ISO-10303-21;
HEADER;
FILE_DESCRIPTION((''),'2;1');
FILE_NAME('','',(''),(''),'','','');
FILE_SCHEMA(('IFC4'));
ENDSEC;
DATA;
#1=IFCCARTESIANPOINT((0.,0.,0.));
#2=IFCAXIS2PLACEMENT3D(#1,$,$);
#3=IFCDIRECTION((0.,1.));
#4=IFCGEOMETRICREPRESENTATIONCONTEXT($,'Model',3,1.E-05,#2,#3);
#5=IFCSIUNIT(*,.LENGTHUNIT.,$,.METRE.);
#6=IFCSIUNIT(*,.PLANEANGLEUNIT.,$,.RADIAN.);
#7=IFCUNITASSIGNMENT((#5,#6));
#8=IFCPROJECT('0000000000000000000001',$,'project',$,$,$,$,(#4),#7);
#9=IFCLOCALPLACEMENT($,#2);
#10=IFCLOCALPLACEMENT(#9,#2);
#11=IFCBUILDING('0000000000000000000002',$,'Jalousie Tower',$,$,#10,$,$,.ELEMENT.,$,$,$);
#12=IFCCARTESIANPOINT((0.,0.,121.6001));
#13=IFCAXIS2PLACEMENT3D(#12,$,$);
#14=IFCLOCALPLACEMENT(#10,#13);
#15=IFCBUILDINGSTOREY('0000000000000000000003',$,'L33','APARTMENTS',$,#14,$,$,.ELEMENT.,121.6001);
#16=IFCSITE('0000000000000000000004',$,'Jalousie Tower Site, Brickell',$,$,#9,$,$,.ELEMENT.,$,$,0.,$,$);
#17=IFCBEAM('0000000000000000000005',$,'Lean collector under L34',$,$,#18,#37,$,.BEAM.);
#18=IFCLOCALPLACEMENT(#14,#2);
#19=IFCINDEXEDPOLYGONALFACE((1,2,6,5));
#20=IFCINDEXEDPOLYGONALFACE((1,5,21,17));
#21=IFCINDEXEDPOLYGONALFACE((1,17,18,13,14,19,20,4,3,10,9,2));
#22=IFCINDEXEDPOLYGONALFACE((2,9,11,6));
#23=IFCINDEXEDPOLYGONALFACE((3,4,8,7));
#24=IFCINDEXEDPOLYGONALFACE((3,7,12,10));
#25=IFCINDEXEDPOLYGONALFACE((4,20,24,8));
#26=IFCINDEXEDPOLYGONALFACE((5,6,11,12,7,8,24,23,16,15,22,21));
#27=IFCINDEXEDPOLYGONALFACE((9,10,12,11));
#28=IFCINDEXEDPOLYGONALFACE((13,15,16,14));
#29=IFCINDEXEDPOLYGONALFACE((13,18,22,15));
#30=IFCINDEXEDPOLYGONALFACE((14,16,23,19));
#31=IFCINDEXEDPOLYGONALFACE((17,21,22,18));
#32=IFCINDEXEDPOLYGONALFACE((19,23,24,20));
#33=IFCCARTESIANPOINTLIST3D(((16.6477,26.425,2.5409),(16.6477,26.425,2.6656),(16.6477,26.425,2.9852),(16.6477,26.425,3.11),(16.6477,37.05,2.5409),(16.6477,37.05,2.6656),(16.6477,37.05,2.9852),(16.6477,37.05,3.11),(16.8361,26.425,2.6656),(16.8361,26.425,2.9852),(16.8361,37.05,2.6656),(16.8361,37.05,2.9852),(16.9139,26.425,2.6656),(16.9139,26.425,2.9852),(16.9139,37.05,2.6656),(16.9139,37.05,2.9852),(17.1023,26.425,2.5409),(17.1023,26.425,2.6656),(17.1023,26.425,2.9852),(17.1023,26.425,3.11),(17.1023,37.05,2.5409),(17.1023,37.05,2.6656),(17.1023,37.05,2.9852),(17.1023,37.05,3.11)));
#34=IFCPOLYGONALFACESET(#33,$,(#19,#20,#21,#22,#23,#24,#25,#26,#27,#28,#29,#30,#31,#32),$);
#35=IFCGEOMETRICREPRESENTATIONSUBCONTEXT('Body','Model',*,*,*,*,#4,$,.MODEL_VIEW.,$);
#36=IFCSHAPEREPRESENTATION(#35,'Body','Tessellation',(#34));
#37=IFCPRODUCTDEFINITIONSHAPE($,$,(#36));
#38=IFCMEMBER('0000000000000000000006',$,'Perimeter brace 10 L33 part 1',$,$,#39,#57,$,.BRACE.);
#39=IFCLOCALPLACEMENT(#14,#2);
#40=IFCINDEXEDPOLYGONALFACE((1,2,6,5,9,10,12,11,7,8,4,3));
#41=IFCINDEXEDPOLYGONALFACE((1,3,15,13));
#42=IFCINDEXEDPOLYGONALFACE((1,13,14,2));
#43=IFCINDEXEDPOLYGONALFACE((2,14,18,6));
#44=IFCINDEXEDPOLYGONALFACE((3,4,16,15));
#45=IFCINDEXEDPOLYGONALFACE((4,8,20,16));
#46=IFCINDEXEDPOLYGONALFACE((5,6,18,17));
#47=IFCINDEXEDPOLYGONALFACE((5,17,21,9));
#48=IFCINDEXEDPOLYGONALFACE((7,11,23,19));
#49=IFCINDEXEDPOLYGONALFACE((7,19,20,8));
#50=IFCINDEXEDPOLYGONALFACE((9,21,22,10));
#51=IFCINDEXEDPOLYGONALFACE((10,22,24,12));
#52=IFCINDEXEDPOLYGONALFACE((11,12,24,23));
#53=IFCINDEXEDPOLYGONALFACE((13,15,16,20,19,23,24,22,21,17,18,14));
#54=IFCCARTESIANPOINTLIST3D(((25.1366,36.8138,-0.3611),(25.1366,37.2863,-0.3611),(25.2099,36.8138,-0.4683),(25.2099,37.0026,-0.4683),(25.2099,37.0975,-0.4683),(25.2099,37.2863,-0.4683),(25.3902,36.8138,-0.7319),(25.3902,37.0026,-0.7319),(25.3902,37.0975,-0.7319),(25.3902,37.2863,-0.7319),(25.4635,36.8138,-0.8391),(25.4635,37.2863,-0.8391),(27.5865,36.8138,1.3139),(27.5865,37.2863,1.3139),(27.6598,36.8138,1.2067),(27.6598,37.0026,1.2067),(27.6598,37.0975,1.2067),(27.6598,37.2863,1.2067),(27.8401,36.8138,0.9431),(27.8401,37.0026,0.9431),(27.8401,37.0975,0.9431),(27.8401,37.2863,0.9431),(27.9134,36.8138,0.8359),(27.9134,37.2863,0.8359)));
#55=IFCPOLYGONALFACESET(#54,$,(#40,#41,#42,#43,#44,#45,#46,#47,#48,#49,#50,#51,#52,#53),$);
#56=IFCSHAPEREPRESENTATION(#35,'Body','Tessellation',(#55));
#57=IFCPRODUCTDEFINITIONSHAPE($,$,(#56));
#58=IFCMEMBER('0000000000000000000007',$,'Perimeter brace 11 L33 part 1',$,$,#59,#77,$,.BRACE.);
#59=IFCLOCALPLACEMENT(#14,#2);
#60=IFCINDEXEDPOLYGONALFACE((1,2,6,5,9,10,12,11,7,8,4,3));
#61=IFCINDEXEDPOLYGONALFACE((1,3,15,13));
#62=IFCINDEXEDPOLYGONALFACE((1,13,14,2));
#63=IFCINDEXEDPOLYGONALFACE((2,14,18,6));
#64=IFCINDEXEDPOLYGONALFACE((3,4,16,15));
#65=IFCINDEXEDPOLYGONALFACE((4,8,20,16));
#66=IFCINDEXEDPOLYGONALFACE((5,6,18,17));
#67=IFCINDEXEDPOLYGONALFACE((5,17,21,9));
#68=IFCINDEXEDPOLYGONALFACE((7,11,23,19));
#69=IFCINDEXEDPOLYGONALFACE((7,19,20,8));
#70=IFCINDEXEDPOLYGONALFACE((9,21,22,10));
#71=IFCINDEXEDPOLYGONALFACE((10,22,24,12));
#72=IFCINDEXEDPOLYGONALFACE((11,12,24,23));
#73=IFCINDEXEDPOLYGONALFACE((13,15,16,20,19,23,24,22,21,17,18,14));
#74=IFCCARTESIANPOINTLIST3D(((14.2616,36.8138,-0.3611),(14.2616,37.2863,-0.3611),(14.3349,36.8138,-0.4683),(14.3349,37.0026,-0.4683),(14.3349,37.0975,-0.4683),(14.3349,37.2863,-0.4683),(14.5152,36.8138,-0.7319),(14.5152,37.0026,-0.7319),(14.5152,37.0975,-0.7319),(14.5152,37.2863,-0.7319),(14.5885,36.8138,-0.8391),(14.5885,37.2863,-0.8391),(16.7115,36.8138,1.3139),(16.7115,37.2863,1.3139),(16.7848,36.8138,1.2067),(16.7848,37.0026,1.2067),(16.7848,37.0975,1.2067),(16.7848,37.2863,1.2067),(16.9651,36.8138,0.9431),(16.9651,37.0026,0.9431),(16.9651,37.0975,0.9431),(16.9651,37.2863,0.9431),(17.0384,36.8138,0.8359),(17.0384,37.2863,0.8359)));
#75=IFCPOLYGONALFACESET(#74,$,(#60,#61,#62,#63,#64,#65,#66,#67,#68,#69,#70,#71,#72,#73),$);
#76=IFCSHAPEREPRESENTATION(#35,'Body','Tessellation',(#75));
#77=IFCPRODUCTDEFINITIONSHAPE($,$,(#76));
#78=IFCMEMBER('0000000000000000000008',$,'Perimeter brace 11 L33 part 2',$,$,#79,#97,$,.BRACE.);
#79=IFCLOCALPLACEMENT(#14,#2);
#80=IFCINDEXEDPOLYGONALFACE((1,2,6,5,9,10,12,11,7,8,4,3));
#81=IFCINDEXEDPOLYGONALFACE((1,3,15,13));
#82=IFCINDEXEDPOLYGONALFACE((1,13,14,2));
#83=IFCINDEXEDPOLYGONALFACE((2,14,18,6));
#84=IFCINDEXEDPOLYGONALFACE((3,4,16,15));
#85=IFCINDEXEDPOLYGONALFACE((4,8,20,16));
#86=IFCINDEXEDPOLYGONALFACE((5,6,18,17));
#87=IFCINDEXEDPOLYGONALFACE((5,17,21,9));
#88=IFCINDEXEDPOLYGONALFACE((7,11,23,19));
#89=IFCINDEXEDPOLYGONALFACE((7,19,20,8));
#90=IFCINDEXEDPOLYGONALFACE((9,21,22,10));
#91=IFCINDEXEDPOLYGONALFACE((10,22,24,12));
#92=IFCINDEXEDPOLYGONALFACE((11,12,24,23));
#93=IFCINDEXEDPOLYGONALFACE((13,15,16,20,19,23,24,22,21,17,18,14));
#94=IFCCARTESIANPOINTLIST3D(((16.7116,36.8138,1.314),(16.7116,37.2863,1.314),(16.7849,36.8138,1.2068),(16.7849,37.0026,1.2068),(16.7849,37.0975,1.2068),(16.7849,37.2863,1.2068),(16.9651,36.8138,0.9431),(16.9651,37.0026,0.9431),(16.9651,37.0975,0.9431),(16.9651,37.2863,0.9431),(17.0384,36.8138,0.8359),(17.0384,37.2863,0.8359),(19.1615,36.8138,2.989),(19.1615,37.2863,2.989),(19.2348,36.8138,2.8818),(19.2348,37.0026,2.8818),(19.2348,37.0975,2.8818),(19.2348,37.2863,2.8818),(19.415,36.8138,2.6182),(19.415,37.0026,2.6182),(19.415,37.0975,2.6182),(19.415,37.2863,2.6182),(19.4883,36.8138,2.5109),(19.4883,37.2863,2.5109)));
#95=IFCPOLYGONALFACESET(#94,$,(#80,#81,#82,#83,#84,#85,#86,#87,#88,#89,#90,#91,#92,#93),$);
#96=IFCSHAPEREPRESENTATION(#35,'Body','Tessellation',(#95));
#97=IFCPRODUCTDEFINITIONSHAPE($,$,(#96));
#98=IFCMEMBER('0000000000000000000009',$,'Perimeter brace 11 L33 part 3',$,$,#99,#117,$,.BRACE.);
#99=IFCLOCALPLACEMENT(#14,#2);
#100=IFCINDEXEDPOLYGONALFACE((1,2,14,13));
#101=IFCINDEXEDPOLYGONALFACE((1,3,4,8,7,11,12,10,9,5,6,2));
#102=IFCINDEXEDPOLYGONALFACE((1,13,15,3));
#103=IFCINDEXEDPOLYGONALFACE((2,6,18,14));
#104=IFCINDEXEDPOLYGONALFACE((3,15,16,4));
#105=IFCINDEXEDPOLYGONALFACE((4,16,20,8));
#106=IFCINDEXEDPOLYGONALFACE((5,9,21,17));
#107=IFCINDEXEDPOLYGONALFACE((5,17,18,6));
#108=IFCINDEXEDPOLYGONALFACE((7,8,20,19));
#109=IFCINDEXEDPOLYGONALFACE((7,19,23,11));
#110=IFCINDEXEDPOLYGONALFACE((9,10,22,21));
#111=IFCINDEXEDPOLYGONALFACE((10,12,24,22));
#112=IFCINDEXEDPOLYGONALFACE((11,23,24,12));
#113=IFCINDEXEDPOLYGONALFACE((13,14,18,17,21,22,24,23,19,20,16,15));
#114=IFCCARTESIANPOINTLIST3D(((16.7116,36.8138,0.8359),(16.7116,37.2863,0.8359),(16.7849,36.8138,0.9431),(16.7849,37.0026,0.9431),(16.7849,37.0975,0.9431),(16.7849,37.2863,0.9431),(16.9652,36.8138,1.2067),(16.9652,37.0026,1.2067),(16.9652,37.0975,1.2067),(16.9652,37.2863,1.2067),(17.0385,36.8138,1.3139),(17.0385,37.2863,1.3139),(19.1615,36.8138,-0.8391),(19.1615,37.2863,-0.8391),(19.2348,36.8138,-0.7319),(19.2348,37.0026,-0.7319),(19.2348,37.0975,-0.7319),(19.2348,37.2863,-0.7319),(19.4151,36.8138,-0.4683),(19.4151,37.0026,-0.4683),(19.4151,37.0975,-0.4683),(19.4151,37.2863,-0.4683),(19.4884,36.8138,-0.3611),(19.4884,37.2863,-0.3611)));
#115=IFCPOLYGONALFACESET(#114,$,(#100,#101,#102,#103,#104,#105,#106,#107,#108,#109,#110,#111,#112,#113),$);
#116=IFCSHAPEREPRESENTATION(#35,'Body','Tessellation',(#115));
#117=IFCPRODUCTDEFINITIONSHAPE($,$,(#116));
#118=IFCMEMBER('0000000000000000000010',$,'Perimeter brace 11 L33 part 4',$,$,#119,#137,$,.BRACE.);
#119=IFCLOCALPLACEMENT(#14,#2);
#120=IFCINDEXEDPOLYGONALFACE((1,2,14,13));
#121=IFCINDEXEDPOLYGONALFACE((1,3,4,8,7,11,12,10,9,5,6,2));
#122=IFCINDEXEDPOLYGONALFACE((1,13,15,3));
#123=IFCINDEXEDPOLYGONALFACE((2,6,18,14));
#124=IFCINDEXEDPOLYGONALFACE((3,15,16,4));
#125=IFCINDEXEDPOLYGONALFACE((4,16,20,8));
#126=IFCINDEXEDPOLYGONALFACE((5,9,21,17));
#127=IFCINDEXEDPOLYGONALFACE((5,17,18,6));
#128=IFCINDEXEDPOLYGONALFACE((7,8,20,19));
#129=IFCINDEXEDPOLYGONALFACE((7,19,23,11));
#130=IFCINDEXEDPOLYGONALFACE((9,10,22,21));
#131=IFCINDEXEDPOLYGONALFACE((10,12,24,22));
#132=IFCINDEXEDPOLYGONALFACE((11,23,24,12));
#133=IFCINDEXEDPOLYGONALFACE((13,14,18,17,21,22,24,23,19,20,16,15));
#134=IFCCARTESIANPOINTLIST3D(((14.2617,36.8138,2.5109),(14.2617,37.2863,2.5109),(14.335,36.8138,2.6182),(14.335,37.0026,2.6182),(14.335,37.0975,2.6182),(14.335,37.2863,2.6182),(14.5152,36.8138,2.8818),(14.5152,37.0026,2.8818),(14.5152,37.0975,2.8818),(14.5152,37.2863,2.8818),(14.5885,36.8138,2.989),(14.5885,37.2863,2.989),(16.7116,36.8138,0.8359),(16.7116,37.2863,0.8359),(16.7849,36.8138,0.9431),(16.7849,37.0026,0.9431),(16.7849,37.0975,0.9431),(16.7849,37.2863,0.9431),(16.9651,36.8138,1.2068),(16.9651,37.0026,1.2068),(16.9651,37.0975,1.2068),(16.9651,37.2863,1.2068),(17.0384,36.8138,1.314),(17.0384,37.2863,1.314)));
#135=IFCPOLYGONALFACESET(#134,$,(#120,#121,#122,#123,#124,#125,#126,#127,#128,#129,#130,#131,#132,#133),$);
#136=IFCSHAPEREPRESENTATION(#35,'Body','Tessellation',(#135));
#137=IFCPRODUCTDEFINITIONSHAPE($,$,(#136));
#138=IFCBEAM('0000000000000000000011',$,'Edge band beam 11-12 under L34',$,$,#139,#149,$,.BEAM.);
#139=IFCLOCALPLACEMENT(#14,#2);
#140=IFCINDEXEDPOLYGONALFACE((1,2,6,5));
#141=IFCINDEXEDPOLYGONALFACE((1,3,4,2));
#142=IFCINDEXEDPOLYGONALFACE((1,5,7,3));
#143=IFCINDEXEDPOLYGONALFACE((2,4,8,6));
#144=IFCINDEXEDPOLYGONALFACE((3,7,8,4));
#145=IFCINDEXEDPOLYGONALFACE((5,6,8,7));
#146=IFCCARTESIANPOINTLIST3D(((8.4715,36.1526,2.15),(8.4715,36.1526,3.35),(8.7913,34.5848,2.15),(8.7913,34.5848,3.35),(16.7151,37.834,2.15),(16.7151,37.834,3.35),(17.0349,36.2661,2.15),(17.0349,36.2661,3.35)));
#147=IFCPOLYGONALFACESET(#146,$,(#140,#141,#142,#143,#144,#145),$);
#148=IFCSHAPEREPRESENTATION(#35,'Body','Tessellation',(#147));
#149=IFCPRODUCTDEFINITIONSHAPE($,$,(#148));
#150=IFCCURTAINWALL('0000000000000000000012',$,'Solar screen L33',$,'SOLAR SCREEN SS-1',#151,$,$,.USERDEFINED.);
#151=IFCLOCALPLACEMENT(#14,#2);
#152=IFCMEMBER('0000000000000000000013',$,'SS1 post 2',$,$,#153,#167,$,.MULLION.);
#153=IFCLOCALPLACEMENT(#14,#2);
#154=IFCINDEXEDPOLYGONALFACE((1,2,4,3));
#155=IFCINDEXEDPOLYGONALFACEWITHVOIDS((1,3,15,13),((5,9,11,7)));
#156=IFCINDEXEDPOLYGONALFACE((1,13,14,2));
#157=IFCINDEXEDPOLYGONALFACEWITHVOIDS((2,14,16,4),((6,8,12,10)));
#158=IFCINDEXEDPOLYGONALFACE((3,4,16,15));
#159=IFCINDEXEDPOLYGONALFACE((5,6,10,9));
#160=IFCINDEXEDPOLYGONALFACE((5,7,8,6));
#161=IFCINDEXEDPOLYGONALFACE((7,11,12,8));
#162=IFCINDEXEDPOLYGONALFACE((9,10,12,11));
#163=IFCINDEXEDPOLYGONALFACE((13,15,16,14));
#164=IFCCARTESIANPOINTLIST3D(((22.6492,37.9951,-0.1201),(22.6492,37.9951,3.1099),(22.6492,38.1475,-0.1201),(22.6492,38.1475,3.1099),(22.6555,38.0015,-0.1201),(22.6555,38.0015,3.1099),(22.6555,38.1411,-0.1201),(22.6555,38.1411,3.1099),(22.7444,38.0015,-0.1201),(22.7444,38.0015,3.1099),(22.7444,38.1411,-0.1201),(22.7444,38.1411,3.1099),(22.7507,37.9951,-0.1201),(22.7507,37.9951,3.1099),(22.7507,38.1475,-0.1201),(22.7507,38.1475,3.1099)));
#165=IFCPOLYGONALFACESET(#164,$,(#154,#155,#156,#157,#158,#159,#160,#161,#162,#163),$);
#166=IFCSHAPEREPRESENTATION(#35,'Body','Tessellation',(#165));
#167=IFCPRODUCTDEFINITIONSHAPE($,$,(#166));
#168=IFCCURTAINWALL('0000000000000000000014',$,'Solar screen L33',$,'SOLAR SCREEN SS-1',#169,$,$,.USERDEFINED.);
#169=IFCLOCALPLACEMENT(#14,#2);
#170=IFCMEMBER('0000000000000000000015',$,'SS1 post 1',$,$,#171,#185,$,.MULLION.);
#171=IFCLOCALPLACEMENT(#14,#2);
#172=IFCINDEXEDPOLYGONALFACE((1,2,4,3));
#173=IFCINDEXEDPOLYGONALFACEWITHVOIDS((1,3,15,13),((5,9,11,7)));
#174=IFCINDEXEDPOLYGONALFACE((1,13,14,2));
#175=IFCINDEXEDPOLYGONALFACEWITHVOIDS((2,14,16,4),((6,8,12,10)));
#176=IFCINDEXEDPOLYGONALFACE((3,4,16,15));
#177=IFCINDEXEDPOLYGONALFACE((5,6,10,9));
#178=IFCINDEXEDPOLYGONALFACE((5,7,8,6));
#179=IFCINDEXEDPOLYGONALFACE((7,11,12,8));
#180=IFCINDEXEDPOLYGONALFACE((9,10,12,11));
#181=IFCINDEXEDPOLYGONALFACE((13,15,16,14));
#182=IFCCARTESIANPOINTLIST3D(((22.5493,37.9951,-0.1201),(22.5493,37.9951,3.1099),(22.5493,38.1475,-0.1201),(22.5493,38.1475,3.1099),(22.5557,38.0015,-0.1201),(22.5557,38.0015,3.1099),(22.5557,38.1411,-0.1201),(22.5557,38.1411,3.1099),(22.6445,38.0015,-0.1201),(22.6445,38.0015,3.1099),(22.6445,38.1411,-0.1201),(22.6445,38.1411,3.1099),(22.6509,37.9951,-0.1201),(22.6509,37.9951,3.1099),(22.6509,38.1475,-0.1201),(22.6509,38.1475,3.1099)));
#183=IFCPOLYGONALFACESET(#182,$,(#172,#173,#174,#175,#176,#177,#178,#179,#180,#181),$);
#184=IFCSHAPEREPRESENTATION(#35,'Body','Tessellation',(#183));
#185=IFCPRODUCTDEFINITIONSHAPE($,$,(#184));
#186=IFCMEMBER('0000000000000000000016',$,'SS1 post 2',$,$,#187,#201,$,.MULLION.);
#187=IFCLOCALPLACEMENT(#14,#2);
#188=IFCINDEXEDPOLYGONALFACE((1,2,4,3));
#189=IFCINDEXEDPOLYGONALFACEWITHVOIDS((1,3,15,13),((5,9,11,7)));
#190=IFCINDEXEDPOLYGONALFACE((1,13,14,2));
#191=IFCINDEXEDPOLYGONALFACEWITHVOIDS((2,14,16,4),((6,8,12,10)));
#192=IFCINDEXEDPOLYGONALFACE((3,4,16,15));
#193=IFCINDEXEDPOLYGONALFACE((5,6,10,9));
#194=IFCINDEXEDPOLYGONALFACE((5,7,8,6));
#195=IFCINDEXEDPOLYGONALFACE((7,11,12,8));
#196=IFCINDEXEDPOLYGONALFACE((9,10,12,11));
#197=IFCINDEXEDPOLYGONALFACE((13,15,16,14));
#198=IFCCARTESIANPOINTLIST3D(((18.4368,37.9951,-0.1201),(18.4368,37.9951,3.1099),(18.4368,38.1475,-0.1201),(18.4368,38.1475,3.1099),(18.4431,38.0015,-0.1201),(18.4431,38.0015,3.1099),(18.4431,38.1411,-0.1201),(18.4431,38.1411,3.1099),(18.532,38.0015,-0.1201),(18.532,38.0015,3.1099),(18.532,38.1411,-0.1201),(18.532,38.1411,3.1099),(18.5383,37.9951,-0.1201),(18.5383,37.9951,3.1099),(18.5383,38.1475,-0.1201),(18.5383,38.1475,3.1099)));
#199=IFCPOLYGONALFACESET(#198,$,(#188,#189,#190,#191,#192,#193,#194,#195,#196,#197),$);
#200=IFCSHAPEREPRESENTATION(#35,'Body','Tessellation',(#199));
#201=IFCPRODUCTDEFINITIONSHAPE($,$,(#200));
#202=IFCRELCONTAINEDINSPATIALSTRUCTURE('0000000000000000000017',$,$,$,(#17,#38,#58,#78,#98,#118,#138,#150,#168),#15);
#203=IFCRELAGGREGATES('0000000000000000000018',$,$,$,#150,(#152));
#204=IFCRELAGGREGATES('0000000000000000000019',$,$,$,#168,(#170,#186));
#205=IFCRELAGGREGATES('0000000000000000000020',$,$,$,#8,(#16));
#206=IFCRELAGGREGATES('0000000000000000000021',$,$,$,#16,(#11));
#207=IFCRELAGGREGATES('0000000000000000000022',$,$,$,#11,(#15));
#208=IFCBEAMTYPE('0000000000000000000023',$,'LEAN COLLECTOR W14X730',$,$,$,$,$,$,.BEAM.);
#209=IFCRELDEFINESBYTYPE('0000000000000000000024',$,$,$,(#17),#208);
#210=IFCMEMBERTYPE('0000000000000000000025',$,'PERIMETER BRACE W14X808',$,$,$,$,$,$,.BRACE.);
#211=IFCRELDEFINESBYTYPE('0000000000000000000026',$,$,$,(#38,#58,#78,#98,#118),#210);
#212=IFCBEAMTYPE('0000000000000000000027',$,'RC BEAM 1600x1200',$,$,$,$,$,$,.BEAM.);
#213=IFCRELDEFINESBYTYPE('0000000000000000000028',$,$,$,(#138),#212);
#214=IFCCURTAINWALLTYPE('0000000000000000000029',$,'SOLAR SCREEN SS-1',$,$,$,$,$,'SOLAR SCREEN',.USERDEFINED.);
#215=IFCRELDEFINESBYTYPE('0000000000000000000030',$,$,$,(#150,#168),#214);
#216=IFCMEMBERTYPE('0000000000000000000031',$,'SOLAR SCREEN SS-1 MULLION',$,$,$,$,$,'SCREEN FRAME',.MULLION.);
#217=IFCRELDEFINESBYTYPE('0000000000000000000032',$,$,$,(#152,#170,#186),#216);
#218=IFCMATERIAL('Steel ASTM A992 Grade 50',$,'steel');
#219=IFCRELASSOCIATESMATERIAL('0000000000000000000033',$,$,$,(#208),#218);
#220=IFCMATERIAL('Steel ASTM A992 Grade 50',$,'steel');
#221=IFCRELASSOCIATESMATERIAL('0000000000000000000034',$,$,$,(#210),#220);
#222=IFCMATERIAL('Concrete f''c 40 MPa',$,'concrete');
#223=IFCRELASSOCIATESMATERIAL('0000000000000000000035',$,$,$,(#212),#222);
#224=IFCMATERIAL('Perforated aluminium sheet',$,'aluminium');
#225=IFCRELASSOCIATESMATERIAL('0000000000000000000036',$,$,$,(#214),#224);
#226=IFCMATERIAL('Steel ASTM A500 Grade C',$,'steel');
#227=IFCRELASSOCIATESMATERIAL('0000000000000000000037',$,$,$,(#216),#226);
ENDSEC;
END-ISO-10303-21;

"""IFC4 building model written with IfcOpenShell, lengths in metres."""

from ifc_helpers import new_model, si_unit, direction, frame, origin, origin_2d, place, context, subcontext, project, spatial, rectangle, hollow_rectangle, i_section, extrude, material, material_profile, profile_set, type_object, element, aggregate, save


model = new_model("IFC4")

# Units and contexts
model_context = context("Model", 3, precision=1e-05, world=origin(), true_north=direction((0.0, 1.0)))
body_context = subcontext(model_context, "Body", "Model", "MODEL_VIEW")
ifc_project = project(units=[si_unit("LENGTHUNIT", "METRE"), si_unit("PLANEANGLEUNIT", "RADIAN")], contexts=[model_context])

# Site, building, storey
site_placement = place(None, origin())
site = spatial("IfcSite", under=ifc_project, at=site_placement, Name="Jalousie Tower Site, Brickell", CompositionType="ELEMENT", RefElevation=0.0)
building_placement = place(site_placement, origin())
building = spatial("IfcBuilding", under=site, at=building_placement, Name="Jalousie Tower", CompositionType="ELEMENT")
storey_placement = place(building_placement, frame((0.0, 0.0, 121.6001)))
storey = spatial("IfcBuildingStorey", under=building, at=storey_placement, Name="L33", Description="APARTMENTS", CompositionType="ELEMENT", Elevation=121.6001)

# Beam
ifc_material_1 = material(Name="Steel ASTM A992 Grade 50", Category="steel")
ifc_material_profile_1 = material_profile(ifc_material_1, i_section(OverallWidth=0.4546, OverallDepth=0.5691, WebThickness=0.0779, FlangeThickness=0.1248, at=origin_2d()), Name="W14X730")
ifc_profile_set_1 = profile_set([ifc_material_profile_1], Name="Steel ASTM A992 Grade 50")
beam_type_1 = type_object("IfcBeamType", Name="LEAN COLLECTOR W14X730", PredefinedType="BEAM", material=ifc_profile_set_1)
beam_1_placement = place(storey_placement, frame((16.875, 37.05, 2.8254), z_axis=(0.0, -1.0, 0.0), x_axis=(1.0, 0.0, 0.0)))
element("IfcBeam", 1, at=beam_1_placement, inside=storey, type_object=beam_type_1, Name="Lean collector under L34", PredefinedType="BEAM", context=body_context, shape_type="SweptSolid", body=[
    extrude(i_section(OverallWidth=0.4546, OverallDepth=0.5691, WebThickness=0.0779, FlangeThickness=0.1248, at=origin_2d()), origin(), (0.0, 0.0, 1.0), 10.625),
])

# Members
ifc_material_2 = material(Name="Steel ASTM A992 Grade 50", Category="steel")
ifc_material_profile_2 = material_profile(ifc_material_2, i_section(OverallWidth=0.4724, OverallDepth=0.5791, WebThickness=0.095, FlangeThickness=0.1299, at=origin_2d()), Name="W14X808")
ifc_profile_set_2 = profile_set([ifc_material_profile_2], Name="Steel ASTM A992 Grade 50")
member_type_1 = type_object("IfcMemberType", Name="PERIMETER BRACE W14X808", PredefinedType="BRACE", material=ifc_profile_set_2)
for number, where, z_axis, x_axis, name in (
    (2, (25.3, 37.05, -0.6001), (0.825501, 0.0, 0.564401), (0.0, 1.0, 0.0), "Perimeter brace 10 L33 part 1"),
    (3, (14.425, 37.05, -0.6001), (0.825501, 0.0, 0.564401), (0.0, 1.0, 0.0), "Perimeter brace 11 L33 part 1"),
    (4, (16.875, 37.05, 1.075), (0.825501, 0.0, 0.564401), (0.0, 1.0, 0.0), "Perimeter brace 11 L33 part 2"),
    (5, (19.325, 37.05, -0.6001), (-0.825501, 0.0, 0.564401), (0.0, -1.0, 0.0), "Perimeter brace 11 L33 part 3"),
    (6, (16.875, 37.05, 1.075), (-0.825501, 0.0, 0.564401), (0.0, -1.0, 0.0), "Perimeter brace 11 L33 part 4"),
):
    element("IfcMember", number, at=place(storey_placement, frame(where, z_axis=z_axis, x_axis=x_axis)), inside=storey, type_object=member_type_1, Name=name, PredefinedType="BRACE", context=body_context, shape_type="SweptSolid", body=[
        extrude(i_section(OverallWidth=0.4724, OverallDepth=0.5791, WebThickness=0.095, FlangeThickness=0.1299, at=origin_2d()), origin(), (0.0, 0.0, 1.0), 2.9678),
    ])

# Beam
ifc_material_3 = material(Name="Concrete f'c 40 MPa", Category="concrete")
ifc_material_profile_3 = material_profile(ifc_material_3, rectangle(XDim=1.6001, YDim=1.2, at=origin_2d()), Name="RC 1600x1200")
ifc_profile_set_3 = profile_set([ifc_material_profile_3], Name="Concrete f'c 40 MPa")
beam_type_2 = type_object("IfcBeamType", Name="RC BEAM 1600x1200", PredefinedType="BEAM", material=ifc_profile_set_3)
beam_2_placement = place(storey_placement, frame((16.875, 37.05, 2.75), z_axis=(-0.979827, -0.199848, 0.0), x_axis=(0.199848, -0.979827, 0.0)))
element("IfcBeam", 7, at=beam_2_placement, inside=storey, type_object=beam_type_2, Name="Edge band beam 11-12 under L34", PredefinedType="BEAM", context=body_context, shape_type="SweptSolid", body=[
    extrude(rectangle(XDim=1.6001, YDim=1.2, at=origin_2d()), origin(), (0.0, 0.0, 1.0), 8.4133),
])

# Curtain wall, member
ifc_material_4 = material(Name="Perforated aluminium sheet", Category="aluminium")
curtain_wall_type = type_object("IfcCurtainWallType", Name="SOLAR SCREEN SS-1", ElementType="SOLAR SCREEN", PredefinedType="USERDEFINED", material=ifc_material_4)
curtain_wall_1_placement = place(storey_placement, origin())
curtain_wall_1 = element("IfcCurtainWall", 8, at=curtain_wall_1_placement, inside=storey, type_object=curtain_wall_type, Name="Solar screen L33", ObjectType="SOLAR SCREEN SS-1", PredefinedType="USERDEFINED")
ifc_material_5 = material(Name="Steel ASTM A500 Grade C", Category="steel")
ifc_material_profile_4 = material_profile(ifc_material_5, hollow_rectangle(XDim=0.1016, YDim=0.1523, WallThickness=0.0063, at=origin_2d()), Name="HSS6X4X1/4")
ifc_profile_set_4 = profile_set([ifc_material_profile_4], Name="Steel ASTM A500 Grade C")
member_type_2 = type_object("IfcMemberType", Name="SOLAR SCREEN SS-1 MULLION", ElementType="SCREEN FRAME", PredefinedType="MULLION", material=ifc_profile_set_4)
member_1_placement = place(storey_placement, frame((22.7, 38.0713, -0.1201), z_axis=(0.0, 0.0, 1.0), x_axis=(-1.0, 0.0, 0.0)))
member_1 = element("IfcMember", 9, at=member_1_placement, type_object=member_type_2, Name="SS1 post 2", PredefinedType="MULLION", context=body_context, shape_type="SweptSolid", body=[
    extrude(hollow_rectangle(XDim=0.1016, YDim=0.1523, WallThickness=0.0063, at=origin_2d()), origin(), (0.0, 0.0, 1.0), 3.23),
])

# Curtain wall, members
curtain_wall_2_placement = place(storey_placement, origin())
curtain_wall_2 = element("IfcCurtainWall", 10, at=curtain_wall_2_placement, inside=storey, type_object=curtain_wall_type, Name="Solar screen L33", ObjectType="SOLAR SCREEN SS-1", PredefinedType="USERDEFINED")
member_2_placement = place(storey_placement, frame((22.6001, 38.0713, -0.1201), z_axis=(0.0, 0.0, 1.0), x_axis=(-1.0, 0.0, 0.0)))
member_2 = element("IfcMember", 11, at=member_2_placement, type_object=member_type_2, Name="SS1 post 1", PredefinedType="MULLION", context=body_context, shape_type="SweptSolid", body=[
    extrude(hollow_rectangle(XDim=0.1016, YDim=0.1523, WallThickness=0.0063, at=origin_2d()), origin(), (0.0, 0.0, 1.0), 3.23),
])
member_3_placement = place(storey_placement, frame((18.4875, 38.0713, -0.1201), z_axis=(0.0, 0.0, 1.0), x_axis=(-1.0, 0.0, 0.0)))
member_3 = element("IfcMember", 12, at=member_3_placement, type_object=member_type_2, Name="SS1 post 2", PredefinedType="MULLION", context=body_context, shape_type="SweptSolid", body=[
    extrude(hollow_rectangle(XDim=0.1016, YDim=0.1523, WallThickness=0.0063, at=origin_2d()), origin(), (0.0, 0.0, 1.0), 3.23),
])

aggregate(curtain_wall_1, [member_1])
aggregate(curtain_wall_2, [member_2, member_3])

save(model, "model.ifc")
